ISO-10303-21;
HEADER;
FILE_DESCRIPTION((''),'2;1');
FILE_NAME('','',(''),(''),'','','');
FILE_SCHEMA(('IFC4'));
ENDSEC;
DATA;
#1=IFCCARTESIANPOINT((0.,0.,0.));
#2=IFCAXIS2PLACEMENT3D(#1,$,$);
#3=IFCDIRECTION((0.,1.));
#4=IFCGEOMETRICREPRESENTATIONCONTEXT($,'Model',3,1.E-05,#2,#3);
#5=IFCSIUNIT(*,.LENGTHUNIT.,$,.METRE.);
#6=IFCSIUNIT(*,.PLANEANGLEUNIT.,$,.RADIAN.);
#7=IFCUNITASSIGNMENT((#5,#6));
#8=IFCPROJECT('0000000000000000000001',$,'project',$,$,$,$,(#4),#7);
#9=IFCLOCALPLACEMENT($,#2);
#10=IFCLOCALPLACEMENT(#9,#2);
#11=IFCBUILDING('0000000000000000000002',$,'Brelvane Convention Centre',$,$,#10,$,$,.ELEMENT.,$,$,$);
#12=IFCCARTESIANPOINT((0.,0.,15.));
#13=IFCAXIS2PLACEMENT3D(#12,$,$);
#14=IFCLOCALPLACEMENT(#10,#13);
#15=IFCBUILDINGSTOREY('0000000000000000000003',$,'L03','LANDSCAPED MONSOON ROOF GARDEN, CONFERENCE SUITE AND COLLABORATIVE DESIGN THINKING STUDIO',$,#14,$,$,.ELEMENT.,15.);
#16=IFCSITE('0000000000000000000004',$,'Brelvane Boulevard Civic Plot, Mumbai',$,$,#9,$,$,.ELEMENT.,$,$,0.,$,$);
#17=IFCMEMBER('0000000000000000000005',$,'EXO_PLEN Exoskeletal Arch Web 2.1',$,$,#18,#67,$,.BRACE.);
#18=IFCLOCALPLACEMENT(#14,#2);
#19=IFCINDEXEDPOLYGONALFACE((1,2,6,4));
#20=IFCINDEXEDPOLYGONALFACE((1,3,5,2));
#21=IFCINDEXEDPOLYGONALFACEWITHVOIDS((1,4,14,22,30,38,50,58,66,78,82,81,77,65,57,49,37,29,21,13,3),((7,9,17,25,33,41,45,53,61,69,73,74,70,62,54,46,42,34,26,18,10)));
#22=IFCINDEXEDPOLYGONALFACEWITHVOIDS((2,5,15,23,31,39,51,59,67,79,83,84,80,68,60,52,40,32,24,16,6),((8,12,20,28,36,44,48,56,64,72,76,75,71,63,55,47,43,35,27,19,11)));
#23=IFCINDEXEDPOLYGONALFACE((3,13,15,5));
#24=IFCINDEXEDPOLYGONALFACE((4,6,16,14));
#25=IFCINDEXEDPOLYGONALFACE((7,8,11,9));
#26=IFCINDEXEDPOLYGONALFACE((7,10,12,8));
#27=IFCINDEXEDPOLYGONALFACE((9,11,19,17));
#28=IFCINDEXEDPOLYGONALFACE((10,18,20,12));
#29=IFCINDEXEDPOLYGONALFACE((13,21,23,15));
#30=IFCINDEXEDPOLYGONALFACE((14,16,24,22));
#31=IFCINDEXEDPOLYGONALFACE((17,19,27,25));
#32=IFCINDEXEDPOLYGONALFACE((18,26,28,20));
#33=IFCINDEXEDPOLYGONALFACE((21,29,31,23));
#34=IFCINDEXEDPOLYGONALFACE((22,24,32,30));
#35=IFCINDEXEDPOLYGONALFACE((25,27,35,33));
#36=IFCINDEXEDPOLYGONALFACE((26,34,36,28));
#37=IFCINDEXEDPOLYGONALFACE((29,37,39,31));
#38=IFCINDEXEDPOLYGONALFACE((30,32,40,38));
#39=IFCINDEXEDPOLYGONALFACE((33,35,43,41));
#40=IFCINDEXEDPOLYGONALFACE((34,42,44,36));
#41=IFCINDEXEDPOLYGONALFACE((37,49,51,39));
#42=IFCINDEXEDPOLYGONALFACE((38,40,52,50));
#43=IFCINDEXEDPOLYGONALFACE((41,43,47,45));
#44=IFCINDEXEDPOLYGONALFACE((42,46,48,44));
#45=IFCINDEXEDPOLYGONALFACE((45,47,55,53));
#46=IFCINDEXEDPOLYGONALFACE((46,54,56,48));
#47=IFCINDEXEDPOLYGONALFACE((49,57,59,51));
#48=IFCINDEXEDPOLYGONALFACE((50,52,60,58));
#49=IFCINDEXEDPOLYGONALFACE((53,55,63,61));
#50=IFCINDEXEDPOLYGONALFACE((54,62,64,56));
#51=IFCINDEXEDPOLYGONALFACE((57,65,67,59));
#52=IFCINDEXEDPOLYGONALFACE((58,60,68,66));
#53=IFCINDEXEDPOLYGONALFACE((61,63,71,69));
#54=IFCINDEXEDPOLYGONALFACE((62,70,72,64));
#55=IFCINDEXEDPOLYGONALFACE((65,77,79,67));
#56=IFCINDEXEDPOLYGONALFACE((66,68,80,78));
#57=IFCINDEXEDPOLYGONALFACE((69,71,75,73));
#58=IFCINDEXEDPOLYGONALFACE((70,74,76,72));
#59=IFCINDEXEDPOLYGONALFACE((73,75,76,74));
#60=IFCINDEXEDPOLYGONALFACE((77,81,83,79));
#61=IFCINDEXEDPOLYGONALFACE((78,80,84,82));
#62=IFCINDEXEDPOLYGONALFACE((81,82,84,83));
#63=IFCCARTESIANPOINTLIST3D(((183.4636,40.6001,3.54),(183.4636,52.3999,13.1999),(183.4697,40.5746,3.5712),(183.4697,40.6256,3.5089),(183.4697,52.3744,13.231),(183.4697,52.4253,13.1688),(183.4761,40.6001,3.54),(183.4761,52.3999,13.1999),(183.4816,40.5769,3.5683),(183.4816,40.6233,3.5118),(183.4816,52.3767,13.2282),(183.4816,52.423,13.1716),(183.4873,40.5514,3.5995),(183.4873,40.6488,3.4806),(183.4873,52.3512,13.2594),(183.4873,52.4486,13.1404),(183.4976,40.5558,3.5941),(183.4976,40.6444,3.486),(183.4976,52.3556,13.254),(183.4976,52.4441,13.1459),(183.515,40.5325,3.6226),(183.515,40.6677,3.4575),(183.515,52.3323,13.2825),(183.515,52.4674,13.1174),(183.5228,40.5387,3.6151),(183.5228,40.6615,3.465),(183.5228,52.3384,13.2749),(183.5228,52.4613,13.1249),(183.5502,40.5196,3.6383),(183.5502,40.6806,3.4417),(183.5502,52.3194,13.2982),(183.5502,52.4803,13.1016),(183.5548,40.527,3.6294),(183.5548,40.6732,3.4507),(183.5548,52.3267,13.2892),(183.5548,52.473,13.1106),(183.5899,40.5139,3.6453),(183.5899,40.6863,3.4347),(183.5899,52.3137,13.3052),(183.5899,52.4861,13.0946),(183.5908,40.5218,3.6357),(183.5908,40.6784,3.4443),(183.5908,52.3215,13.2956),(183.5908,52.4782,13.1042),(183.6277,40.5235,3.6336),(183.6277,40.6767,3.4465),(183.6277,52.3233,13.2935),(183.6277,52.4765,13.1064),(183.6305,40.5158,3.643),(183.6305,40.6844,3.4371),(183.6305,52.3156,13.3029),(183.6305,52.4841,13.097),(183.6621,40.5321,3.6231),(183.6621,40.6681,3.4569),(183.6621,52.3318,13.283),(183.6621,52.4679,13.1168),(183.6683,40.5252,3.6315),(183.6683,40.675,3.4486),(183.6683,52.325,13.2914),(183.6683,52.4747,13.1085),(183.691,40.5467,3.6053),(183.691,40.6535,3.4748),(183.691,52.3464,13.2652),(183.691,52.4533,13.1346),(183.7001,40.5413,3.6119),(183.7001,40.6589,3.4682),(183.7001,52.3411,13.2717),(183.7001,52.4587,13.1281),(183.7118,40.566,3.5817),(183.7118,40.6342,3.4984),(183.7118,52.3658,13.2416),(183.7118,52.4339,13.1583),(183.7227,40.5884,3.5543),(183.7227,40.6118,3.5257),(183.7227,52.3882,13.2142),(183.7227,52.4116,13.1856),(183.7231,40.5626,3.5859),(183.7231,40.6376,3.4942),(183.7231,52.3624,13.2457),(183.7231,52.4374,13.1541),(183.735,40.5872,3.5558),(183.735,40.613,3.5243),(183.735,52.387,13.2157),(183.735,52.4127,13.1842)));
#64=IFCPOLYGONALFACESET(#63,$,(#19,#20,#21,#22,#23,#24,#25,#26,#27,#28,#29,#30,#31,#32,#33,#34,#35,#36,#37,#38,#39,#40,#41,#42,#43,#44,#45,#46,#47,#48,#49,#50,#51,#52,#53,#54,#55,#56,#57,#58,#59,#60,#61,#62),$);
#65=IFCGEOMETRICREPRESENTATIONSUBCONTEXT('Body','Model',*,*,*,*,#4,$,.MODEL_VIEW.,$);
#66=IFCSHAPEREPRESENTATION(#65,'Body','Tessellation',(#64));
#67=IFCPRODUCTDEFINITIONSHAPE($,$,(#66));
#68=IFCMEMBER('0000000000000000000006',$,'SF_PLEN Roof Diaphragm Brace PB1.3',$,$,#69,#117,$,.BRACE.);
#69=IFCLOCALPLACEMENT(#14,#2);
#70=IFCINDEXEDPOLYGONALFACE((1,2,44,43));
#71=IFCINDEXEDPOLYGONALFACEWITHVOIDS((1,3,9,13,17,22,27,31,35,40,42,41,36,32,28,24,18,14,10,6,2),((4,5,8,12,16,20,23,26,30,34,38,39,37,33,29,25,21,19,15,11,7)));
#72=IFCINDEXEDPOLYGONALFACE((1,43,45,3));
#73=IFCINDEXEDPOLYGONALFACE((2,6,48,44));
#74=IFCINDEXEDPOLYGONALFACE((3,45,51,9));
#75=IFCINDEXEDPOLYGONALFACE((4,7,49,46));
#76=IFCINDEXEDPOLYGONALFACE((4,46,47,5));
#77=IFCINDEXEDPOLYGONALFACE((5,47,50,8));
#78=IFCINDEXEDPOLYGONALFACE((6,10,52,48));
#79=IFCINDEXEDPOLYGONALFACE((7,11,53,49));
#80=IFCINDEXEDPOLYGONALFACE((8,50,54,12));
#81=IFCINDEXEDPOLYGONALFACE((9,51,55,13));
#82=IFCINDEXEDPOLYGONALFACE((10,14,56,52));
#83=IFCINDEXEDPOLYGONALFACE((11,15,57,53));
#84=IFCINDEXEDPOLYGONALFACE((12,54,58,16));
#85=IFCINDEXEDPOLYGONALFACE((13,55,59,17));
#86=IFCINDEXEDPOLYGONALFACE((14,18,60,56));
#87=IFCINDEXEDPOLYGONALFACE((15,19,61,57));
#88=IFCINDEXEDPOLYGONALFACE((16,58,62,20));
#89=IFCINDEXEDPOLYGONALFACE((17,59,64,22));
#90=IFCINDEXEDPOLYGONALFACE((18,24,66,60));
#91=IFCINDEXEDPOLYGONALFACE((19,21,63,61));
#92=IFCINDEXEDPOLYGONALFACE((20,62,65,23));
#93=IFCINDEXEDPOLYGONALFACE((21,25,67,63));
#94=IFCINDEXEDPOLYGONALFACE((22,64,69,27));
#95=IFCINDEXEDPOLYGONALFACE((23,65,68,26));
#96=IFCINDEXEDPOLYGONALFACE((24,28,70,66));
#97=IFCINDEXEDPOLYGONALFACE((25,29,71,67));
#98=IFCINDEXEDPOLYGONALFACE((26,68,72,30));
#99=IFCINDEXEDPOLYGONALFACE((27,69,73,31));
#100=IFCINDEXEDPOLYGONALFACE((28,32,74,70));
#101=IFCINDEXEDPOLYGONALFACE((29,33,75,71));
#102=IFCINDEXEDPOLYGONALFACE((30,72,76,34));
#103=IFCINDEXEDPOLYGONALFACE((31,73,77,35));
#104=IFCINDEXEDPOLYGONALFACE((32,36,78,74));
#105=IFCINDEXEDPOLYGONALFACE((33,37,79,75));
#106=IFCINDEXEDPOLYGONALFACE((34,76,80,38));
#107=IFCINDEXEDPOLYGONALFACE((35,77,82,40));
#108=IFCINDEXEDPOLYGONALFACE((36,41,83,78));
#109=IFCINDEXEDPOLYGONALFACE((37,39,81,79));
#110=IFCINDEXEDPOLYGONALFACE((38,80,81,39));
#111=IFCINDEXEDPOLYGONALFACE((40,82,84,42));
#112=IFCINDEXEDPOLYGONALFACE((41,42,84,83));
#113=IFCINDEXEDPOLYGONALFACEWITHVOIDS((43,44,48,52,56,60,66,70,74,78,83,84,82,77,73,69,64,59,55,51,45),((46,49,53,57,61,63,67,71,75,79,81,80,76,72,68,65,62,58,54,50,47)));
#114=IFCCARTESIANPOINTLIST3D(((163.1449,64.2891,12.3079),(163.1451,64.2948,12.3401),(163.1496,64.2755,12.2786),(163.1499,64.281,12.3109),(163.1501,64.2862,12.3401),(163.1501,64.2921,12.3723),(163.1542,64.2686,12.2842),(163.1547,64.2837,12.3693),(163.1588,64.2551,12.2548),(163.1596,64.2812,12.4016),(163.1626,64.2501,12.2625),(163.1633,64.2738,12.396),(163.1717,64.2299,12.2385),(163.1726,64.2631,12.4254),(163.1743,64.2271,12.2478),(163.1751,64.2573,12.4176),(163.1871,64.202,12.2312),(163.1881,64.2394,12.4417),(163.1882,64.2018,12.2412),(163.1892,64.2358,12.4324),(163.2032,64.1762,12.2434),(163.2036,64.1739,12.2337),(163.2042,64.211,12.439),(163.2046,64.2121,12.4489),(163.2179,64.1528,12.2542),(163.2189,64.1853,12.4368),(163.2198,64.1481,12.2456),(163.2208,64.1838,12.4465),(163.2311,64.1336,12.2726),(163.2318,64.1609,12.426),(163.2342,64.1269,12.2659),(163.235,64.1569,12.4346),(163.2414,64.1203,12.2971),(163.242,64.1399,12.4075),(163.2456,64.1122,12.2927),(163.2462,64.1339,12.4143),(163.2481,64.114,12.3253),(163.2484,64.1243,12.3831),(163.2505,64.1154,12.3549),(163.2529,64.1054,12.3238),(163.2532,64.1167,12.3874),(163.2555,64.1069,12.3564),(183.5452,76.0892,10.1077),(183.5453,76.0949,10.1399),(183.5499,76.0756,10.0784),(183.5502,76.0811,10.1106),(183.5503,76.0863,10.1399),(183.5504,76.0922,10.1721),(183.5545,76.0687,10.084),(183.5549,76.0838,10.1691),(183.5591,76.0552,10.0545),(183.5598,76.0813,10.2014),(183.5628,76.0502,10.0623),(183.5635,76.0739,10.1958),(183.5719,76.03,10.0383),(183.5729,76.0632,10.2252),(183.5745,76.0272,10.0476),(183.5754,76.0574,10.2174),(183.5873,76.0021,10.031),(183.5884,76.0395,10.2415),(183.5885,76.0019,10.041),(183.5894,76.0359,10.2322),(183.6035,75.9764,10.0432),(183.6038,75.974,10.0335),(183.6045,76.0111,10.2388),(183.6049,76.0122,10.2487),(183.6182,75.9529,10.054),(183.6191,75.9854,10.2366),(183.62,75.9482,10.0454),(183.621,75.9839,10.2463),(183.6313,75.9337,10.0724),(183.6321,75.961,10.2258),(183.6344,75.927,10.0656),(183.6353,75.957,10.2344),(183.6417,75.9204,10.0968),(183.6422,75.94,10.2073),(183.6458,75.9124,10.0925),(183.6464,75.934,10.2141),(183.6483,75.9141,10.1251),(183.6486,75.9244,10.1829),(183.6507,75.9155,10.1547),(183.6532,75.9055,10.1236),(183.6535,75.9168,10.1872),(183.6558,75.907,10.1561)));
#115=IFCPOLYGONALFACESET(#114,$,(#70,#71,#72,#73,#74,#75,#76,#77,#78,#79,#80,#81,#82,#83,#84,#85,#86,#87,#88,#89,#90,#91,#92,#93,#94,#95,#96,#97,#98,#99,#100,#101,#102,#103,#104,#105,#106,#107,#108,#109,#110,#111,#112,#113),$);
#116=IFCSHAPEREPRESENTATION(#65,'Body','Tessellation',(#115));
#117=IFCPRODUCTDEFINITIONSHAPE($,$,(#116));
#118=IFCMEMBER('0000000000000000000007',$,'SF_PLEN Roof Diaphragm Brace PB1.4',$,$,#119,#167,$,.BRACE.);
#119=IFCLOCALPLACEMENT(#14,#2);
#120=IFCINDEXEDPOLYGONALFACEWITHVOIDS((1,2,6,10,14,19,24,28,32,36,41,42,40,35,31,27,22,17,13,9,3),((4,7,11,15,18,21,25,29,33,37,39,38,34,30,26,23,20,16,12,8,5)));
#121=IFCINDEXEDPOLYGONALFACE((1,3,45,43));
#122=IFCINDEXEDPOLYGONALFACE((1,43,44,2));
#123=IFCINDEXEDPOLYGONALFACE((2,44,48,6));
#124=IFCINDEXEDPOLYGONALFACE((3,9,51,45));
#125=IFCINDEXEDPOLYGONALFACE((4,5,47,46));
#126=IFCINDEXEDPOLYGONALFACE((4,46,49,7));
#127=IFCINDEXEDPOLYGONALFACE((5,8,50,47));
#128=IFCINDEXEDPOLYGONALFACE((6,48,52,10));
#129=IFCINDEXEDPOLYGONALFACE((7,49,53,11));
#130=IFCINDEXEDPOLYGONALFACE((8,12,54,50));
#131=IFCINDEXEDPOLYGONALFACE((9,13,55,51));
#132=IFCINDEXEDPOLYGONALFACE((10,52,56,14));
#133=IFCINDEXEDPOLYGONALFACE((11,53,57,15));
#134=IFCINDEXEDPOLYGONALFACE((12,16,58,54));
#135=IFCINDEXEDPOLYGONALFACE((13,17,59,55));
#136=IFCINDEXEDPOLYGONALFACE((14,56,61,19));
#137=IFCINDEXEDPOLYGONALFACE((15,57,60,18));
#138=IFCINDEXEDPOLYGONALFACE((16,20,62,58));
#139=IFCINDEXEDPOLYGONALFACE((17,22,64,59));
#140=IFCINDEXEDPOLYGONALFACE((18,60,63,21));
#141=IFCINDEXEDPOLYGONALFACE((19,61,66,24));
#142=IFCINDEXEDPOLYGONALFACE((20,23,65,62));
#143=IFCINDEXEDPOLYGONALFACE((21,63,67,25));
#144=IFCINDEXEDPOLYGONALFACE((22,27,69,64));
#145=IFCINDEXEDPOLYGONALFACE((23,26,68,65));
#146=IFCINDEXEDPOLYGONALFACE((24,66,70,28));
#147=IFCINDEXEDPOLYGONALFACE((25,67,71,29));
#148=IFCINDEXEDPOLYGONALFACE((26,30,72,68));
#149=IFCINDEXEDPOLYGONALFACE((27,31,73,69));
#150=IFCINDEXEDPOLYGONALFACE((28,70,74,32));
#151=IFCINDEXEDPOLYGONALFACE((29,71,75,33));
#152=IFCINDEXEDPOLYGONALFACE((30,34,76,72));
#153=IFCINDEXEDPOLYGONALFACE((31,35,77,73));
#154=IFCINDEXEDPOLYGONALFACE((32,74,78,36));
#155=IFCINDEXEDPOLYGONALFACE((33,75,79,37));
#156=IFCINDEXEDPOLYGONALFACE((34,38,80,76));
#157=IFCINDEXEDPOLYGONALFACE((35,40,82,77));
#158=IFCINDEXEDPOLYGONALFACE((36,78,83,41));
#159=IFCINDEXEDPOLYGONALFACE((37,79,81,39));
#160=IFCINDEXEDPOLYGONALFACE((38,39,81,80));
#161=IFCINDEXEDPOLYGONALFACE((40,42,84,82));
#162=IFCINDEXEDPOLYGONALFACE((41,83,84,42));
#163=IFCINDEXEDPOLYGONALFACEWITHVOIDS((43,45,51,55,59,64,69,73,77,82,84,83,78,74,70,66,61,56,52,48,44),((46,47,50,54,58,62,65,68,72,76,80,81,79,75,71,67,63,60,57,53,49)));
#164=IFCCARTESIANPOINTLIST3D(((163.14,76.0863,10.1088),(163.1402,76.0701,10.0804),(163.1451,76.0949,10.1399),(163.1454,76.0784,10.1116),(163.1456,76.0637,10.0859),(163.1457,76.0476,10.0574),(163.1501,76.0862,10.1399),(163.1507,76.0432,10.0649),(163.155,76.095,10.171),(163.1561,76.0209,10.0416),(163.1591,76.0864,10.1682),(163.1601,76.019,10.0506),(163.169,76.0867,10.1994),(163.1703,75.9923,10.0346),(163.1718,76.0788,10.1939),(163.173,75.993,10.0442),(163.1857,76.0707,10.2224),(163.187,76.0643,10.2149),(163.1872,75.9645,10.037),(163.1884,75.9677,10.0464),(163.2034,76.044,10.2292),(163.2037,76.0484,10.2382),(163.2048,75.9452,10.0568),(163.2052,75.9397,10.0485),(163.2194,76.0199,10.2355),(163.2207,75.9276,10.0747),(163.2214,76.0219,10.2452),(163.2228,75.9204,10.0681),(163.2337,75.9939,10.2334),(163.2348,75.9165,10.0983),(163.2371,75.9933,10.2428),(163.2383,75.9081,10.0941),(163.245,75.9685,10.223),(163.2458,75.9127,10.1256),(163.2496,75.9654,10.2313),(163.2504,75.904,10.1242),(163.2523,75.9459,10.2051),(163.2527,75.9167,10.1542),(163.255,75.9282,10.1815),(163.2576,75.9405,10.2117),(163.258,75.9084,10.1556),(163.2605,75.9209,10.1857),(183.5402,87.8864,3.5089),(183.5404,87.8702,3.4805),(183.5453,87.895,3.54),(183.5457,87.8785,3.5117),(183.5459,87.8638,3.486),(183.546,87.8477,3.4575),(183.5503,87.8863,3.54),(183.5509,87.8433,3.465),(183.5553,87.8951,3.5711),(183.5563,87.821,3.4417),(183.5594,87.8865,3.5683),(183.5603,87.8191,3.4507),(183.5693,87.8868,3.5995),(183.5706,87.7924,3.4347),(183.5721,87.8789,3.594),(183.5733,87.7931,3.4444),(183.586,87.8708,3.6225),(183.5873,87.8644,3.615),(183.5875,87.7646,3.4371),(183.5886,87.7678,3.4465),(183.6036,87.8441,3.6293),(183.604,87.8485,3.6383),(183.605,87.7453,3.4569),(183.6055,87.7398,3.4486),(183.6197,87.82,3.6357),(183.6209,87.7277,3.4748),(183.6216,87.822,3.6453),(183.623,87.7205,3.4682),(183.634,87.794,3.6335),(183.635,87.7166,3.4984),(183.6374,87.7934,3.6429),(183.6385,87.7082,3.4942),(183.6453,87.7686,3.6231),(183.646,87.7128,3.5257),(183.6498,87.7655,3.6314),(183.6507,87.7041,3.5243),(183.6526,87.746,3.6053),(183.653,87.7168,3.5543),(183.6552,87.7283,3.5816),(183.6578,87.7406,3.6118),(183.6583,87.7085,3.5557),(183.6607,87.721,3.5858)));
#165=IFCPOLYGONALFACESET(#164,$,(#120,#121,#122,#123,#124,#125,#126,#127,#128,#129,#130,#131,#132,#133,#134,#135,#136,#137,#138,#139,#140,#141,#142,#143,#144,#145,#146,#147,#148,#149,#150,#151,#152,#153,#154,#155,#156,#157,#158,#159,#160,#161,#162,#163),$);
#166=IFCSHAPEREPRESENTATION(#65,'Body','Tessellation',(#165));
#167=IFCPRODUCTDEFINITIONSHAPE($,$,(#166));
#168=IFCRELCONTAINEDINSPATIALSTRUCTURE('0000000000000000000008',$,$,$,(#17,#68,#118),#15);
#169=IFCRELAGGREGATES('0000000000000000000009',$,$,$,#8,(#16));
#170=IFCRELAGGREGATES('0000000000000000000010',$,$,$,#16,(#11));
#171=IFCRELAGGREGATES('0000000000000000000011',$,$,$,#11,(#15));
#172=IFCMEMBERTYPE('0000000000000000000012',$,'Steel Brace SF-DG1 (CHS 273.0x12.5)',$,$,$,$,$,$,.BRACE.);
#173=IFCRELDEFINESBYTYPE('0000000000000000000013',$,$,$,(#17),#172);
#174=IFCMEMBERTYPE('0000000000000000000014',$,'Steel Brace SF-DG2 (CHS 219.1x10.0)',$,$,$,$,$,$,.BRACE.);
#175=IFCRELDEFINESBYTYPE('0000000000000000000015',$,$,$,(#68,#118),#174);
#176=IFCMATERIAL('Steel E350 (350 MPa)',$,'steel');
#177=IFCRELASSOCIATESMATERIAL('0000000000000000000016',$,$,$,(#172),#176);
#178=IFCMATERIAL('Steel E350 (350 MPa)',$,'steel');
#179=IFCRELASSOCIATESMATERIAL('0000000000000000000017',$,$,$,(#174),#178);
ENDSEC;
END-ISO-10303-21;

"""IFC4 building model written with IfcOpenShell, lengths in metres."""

from ifc_helpers import new_model, si_unit, direction, frame, origin, origin_2d, place, context, subcontext, project, spatial, hollow_circle, extrude, material, material_profile, profile_set, type_object, element, save


model = new_model("IFC4")

# Units and contexts
model_context = context("Model", 3, precision=1e-05, world=origin(), true_north=direction((0.0, 1.0)))
body_context = subcontext(model_context, "Body", "Model", "MODEL_VIEW")
ifc_project = project(units=[si_unit("LENGTHUNIT", "METRE"), si_unit("PLANEANGLEUNIT", "RADIAN")], contexts=[model_context])

# Site, building, storey
site_placement = place(None, origin())
site = spatial("IfcSite", under=ifc_project, at=site_placement, Name="Brelvane Boulevard Civic Plot, Mumbai", CompositionType="ELEMENT", RefElevation=0.0)
building_placement = place(site_placement, origin())
building = spatial("IfcBuilding", under=site, at=building_placement, Name="Brelvane Convention Centre", CompositionType="ELEMENT")
storey_placement = place(building_placement, frame((0.0, 0.0, 15.0)))
storey = spatial("IfcBuildingStorey", under=building, at=storey_placement, Name="L03", Description="LANDSCAPED MONSOON ROOF GARDEN, CONFERENCE SUITE AND COLLABORATIVE DESIGN THINKING STUDIO", CompositionType="ELEMENT", Elevation=15.0)

# Members
ifc_material_1 = material(Name="Steel E350 (350 MPa)", Category="steel")
ifc_material_profile_1 = material_profile(ifc_material_1, hollow_circle(Radius=0.1365, WallThickness=0.0125, at=origin_2d()), Name="CHS 273.0x12.5")
ifc_profile_set_1 = profile_set([ifc_material_profile_1], Name="Steel E350 (350 MPa)")
member_type_1 = type_object("IfcMemberType", Name="Steel Brace SF-DG1 (CHS 273.0x12.5)", PredefinedType="BRACE", material=ifc_profile_set_1)
member_1_placement = place(storey_placement, frame((183.6001, 40.6001, 3.54), z_axis=(0.0, 0.77378, 0.633455), x_axis=(-1.0, 0.0, 0.0)))
element("IfcMember", 1, at=member_1_placement, inside=storey, type_object=member_type_1, Name="EXO_PLEN Exoskeletal Arch Web 2.1", PredefinedType="BRACE", context=body_context, shape_type="SweptSolid", body=[
    extrude(hollow_circle(Radius=0.1365, WallThickness=0.0125, at=origin_2d()), origin(), (0.0, 0.0, 1.0), 15.2495),
])
ifc_material_2 = material(Name="Steel E350 (350 MPa)", Category="steel")
ifc_material_profile_2 = material_profile(ifc_material_2, hollow_circle(Radius=0.1096, WallThickness=0.01, at=origin_2d()), Name="CHS 219.1x10.0")
ifc_profile_set_2 = profile_set([ifc_material_profile_2], Name="Steel E350 (350 MPa)")
member_type_2 = type_object("IfcMemberType", Name="Steel Brace SF-DG2 (CHS 219.1x10.0)", PredefinedType="BRACE", material=ifc_profile_set_2)
member_2_placement = place(storey_placement, frame((163.2, 64.2, 12.3401), z_axis=(0.861873, 0.498533, -0.092955), x_axis=(-0.500701, 0.865621, 0.0)))
element("IfcMember", 2, at=member_2_placement, inside=storey, type_object=member_type_2, Name="SF_PLEN Roof Diaphragm Brace PB1.3", PredefinedType="BRACE", context=body_context, shape_type="SweptSolid", body=[
    extrude(hollow_circle(Radius=0.1096, WallThickness=0.01, at=origin_2d()), origin(), (0.0, 0.0, 1.0), 23.6697),
])
member_3_placement = place(storey_placement, frame((163.2, 76.0, 10.1399), z_axis=(0.833552, 0.482151, -0.269671), x_axis=(-0.500701, 0.865621, 0.0)))
element("IfcMember", 3, at=member_3_placement, inside=storey, type_object=member_type_2, Name="SF_PLEN Roof Diaphragm Brace PB1.4", PredefinedType="BRACE", context=body_context, shape_type="SweptSolid", body=[
    extrude(hollow_circle(Radius=0.1096, WallThickness=0.01, at=origin_2d()), origin(), (0.0, 0.0, 1.0), 24.4739),
])

save(model, "model.ifc")
